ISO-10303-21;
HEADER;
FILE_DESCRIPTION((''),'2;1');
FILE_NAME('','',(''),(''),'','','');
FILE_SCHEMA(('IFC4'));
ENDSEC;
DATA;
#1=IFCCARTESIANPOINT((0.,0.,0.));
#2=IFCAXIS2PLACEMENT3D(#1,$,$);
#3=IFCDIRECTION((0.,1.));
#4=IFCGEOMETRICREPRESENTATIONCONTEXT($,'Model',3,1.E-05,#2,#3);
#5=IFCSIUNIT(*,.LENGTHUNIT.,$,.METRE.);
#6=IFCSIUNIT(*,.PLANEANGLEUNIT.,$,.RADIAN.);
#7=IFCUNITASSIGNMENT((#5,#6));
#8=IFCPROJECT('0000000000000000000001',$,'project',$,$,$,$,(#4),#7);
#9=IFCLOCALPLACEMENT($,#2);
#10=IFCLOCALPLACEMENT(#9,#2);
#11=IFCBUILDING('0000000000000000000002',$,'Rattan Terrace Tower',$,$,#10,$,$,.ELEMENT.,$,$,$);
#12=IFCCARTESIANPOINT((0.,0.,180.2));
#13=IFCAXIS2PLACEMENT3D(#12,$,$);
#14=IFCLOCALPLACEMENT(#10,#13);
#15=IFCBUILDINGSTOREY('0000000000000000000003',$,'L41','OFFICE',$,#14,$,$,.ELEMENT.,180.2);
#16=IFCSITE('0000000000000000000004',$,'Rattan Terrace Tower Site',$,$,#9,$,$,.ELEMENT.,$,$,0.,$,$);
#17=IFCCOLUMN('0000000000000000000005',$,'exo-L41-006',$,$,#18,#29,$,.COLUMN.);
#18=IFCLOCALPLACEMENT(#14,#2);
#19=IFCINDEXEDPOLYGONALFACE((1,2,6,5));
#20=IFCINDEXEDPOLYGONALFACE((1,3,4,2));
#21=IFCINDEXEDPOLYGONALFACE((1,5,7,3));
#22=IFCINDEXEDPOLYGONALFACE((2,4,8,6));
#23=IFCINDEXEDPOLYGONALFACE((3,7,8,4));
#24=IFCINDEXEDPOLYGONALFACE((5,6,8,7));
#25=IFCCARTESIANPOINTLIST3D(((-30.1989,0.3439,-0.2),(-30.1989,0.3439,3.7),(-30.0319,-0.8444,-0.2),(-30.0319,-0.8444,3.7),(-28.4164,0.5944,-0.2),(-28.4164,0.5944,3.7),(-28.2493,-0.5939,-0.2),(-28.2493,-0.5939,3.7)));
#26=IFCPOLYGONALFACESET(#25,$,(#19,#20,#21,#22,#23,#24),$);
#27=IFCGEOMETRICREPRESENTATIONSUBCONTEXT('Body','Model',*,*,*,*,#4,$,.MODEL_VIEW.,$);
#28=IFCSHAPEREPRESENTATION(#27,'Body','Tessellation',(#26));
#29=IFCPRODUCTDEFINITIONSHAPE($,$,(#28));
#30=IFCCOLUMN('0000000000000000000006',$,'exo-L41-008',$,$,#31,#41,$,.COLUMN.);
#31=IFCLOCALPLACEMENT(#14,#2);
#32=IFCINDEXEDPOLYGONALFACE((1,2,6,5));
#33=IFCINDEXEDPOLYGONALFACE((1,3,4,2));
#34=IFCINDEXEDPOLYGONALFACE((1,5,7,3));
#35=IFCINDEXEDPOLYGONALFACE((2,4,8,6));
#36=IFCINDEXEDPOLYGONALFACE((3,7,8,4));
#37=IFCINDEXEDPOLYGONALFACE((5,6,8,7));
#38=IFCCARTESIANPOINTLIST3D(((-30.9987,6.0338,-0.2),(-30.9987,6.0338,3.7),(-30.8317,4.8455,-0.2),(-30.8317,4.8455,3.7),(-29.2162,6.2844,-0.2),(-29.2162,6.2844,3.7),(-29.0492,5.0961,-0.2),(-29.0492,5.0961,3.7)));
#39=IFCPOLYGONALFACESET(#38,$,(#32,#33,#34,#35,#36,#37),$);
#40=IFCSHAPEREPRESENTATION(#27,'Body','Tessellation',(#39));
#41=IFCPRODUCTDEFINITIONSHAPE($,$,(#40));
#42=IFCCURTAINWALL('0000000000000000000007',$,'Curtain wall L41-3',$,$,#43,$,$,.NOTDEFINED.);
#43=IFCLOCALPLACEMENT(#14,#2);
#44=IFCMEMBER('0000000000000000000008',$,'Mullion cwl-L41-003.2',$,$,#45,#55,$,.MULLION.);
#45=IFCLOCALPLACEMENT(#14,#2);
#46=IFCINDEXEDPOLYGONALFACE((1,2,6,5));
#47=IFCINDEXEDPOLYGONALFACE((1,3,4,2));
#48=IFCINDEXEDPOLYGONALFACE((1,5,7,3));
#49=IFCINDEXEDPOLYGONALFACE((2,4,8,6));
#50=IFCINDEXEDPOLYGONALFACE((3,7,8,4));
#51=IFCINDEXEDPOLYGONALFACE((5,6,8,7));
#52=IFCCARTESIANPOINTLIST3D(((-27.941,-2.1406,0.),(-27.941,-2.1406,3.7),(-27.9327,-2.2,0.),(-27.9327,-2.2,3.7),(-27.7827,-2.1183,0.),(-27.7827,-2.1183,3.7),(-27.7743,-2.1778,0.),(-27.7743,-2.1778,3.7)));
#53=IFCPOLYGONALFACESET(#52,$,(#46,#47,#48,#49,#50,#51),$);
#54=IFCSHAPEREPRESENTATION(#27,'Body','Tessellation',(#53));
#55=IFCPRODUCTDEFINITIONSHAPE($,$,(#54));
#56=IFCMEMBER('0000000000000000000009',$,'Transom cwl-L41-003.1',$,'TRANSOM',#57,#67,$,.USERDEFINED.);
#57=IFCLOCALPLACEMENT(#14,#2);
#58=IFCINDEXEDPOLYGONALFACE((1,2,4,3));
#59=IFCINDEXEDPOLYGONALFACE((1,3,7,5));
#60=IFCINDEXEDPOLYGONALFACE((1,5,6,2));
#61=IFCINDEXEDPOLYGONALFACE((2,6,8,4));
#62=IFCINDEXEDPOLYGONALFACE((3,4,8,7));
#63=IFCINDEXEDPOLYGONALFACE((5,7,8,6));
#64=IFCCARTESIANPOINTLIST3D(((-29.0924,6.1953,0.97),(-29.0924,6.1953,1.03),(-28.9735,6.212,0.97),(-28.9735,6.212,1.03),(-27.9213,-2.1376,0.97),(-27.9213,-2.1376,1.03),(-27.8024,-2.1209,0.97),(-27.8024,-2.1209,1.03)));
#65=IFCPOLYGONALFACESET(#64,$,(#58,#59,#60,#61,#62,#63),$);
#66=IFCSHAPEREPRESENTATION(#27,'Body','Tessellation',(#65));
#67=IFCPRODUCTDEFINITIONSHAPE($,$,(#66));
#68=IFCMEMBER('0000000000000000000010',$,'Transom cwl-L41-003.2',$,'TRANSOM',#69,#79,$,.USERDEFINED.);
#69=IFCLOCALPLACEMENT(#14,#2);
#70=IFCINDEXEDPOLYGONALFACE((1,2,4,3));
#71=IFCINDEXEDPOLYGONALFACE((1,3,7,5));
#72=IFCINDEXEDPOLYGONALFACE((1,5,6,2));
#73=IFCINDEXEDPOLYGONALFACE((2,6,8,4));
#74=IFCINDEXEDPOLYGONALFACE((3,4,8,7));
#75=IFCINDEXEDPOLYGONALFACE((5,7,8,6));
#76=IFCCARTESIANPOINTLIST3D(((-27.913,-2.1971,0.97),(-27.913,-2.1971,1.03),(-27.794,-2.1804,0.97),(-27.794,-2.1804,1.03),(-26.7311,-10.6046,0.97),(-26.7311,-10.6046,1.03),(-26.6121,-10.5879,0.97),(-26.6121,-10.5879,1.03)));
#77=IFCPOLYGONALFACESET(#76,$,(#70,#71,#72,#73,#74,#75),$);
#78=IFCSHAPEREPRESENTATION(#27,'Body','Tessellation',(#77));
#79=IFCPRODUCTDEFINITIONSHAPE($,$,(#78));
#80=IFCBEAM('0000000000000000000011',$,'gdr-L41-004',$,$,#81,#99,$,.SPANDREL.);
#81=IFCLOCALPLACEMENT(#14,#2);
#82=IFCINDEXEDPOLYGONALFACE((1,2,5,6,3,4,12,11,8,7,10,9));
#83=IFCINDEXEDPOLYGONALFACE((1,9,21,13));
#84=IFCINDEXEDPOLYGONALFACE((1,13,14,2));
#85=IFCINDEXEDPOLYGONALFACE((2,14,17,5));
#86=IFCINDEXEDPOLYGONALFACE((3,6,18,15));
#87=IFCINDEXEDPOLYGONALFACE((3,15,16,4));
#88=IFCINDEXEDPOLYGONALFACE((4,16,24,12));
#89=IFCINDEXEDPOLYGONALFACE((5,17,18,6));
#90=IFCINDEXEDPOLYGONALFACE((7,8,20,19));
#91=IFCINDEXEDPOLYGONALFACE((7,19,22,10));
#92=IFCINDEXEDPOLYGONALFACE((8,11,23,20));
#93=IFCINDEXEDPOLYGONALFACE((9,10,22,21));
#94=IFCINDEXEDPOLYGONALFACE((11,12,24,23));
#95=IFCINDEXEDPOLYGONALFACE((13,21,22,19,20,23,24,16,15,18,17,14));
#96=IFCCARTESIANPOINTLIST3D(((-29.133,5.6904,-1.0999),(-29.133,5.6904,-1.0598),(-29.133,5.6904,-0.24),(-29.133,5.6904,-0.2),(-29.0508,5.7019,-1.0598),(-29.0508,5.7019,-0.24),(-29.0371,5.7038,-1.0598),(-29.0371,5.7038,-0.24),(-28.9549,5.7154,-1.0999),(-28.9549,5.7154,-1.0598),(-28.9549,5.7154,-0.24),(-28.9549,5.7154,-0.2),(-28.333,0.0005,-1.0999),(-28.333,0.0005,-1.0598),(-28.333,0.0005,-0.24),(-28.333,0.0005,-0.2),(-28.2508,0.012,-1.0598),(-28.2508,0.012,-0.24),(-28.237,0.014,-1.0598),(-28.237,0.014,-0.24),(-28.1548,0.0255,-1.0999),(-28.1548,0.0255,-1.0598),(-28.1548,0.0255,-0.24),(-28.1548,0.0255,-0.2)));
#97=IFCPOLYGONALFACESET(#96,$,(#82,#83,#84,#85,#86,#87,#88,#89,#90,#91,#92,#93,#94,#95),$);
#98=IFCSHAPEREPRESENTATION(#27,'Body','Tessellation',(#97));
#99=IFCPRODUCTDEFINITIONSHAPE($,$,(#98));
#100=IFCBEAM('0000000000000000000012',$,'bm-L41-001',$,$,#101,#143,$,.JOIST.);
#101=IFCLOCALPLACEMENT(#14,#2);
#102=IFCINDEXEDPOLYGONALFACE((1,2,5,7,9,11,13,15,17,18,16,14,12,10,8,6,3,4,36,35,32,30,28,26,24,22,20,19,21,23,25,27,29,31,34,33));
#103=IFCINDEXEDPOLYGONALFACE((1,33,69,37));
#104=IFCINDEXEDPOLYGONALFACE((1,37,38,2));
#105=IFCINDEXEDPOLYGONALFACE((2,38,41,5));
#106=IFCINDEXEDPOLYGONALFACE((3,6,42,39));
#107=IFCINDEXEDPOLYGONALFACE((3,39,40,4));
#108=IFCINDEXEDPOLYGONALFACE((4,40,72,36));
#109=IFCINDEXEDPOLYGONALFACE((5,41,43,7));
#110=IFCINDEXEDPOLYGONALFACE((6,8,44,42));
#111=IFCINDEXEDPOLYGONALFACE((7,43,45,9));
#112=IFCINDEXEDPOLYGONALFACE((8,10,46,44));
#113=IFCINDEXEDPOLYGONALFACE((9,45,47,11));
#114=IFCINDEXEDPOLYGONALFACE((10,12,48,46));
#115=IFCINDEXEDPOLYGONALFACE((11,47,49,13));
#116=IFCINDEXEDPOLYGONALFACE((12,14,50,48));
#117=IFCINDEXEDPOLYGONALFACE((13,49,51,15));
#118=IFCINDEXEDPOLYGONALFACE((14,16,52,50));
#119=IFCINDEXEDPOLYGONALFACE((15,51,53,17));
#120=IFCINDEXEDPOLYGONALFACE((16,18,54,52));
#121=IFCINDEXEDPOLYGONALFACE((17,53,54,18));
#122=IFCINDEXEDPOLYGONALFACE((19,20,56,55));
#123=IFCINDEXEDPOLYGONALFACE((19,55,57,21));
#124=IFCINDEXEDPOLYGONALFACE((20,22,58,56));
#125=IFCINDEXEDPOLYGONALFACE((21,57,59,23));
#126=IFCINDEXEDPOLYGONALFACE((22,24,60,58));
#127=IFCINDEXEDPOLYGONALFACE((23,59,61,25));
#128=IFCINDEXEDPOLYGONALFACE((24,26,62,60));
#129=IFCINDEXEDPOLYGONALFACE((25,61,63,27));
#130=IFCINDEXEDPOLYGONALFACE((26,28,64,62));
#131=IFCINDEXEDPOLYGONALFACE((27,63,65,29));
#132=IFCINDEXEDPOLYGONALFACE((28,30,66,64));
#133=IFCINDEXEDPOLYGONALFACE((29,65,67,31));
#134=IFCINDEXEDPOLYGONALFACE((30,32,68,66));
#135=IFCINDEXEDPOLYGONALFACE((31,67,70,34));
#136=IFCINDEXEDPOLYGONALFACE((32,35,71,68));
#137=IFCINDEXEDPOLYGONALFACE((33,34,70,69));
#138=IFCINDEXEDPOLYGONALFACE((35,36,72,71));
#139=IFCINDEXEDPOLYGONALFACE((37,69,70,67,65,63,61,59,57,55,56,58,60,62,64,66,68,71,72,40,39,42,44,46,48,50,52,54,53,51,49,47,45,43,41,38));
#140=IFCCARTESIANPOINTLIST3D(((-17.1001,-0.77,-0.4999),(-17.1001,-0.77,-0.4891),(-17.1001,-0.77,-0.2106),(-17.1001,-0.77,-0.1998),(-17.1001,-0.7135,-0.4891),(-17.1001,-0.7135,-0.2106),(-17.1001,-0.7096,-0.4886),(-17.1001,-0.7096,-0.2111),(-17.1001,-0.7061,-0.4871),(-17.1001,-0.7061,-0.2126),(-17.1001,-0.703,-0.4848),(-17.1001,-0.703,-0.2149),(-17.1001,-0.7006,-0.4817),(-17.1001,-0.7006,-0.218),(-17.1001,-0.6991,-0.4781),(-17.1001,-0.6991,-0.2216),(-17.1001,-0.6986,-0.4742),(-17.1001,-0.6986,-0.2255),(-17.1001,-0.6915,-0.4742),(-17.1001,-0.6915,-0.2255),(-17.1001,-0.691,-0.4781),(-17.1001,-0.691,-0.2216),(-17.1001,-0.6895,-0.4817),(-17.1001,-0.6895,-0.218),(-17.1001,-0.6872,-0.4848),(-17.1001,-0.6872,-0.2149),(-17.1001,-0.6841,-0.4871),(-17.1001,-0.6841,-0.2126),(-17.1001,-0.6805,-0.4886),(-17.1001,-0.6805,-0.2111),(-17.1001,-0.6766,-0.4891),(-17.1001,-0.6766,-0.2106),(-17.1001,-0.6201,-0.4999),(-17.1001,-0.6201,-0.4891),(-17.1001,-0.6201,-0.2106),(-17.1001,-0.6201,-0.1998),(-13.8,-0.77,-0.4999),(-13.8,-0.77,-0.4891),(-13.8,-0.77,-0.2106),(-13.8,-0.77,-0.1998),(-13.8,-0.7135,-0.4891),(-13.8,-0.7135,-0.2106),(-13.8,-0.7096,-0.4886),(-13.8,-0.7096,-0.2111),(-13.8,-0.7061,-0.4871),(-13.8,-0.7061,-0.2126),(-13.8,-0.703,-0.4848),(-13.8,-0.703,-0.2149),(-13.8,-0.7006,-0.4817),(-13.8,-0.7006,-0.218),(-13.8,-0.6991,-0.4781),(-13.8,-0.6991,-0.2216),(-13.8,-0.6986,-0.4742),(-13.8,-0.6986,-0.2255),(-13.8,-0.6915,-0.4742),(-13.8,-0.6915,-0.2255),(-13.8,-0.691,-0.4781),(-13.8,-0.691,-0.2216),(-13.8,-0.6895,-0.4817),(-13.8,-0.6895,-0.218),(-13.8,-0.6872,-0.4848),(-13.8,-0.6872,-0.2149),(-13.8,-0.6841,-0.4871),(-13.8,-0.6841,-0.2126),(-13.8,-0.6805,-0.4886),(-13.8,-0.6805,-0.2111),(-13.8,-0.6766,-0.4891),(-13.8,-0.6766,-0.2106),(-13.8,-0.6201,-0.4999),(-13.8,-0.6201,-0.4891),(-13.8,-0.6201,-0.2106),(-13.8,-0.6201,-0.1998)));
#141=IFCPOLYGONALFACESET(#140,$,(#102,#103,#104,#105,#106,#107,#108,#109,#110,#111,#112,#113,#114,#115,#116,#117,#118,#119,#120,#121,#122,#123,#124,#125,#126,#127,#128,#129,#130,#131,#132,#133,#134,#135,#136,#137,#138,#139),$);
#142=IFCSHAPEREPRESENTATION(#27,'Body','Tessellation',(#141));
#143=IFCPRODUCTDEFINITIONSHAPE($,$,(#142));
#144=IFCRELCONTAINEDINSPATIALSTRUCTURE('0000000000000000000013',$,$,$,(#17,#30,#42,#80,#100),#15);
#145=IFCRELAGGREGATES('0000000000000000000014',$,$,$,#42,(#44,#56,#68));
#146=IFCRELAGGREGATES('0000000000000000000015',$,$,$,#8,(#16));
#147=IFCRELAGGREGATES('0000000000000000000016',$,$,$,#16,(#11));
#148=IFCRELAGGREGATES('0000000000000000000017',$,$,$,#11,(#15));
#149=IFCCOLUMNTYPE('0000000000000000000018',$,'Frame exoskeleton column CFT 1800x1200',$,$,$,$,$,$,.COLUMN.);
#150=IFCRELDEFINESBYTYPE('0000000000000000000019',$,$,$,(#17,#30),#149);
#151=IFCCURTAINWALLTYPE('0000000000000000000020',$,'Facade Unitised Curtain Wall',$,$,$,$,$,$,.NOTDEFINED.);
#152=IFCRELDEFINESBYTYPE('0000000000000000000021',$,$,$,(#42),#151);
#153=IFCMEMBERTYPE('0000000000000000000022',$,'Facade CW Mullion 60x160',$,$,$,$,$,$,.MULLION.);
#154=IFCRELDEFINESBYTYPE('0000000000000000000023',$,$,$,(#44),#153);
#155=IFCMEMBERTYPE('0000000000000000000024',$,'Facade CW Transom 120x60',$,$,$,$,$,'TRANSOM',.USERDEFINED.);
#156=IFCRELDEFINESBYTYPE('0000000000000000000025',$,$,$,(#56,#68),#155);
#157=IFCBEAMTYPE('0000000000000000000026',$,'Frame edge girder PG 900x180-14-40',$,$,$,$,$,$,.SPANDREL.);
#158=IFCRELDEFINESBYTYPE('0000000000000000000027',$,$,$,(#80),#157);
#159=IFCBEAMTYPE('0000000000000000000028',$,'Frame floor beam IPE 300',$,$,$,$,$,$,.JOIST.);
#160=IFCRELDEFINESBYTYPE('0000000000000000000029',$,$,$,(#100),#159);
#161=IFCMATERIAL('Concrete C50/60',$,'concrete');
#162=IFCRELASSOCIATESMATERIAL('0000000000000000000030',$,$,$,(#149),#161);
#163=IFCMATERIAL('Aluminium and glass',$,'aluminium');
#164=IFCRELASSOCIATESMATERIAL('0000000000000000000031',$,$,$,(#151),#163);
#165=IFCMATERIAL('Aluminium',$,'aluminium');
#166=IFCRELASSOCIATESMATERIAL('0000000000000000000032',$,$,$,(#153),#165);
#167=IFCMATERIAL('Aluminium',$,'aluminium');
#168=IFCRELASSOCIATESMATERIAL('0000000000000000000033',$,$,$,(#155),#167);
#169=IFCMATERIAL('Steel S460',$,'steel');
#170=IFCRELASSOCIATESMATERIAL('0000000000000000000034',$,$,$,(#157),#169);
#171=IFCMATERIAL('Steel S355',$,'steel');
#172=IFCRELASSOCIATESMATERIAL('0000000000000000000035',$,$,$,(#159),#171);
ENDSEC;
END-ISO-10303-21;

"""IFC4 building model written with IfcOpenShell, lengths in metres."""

from ifc_helpers import new_model, si_unit, direction, frame, origin, origin_2d, place, context, subcontext, project, spatial, rectangle, i_section, extrude, material, material_profile, profile_set, type_object, element, aggregate, save


model = new_model("IFC4")

# Units and contexts
model_context = context("Model", 3, precision=1e-05, world=origin(), true_north=direction((0.0, 1.0)))
body_context = subcontext(model_context, "Body", "Model", "MODEL_VIEW")
ifc_project = project(units=[si_unit("LENGTHUNIT", "METRE"), si_unit("PLANEANGLEUNIT", "RADIAN")], contexts=[model_context])

# Site, building, storey
site_placement = place(None, origin())
site = spatial("IfcSite", under=ifc_project, at=site_placement, Name="Rattan Terrace Tower Site", CompositionType="ELEMENT", RefElevation=0.0)
building_placement = place(site_placement, origin())
building = spatial("IfcBuilding", under=site, at=building_placement, Name="Rattan Terrace Tower", CompositionType="ELEMENT")
storey_placement = place(building_placement, frame((0.0, 0.0, 180.2)))
storey = spatial("IfcBuildingStorey", under=building, at=storey_placement, Name="L41", Description="OFFICE", CompositionType="ELEMENT", Elevation=180.2)

# Columns
ifc_material_1 = material(Name="Concrete C50/60", Category="concrete")
ifc_material_profile_1 = material_profile(ifc_material_1, rectangle(XDim=1.2, YDim=1.8, at=origin_2d()), Name="CFT 1800x1200")
ifc_profile_set_1 = profile_set([ifc_material_profile_1], Name="Concrete C50/60")
column_type = type_object("IfcColumnType", Name="Frame exoskeleton column CFT 1800x1200", PredefinedType="COLUMN", material=ifc_profile_set_1)
for number, where, z_axis, x_axis, name in (
    (1, (-29.2241, -0.125, -0.2), (0.0, 0.0, 1.0), (-0.13919, 0.990266, 0.0), "exo-L41-006"),
    (2, (-30.0239, 5.5649, -0.2), (0.0, 0.0, 1.0), (-0.13919, 0.990266, 0.0), "exo-L41-008"),
):
    element("IfcColumn", number, at=place(storey_placement, frame(where, z_axis=z_axis, x_axis=x_axis)), inside=storey, type_object=column_type, Name=name, PredefinedType="COLUMN", context=body_context, shape_type="SweptSolid", body=[
        extrude(rectangle(XDim=1.2, YDim=1.8, at=origin_2d()), origin(), (0.0, 0.0, 1.0), 3.8999),
    ])

# Curtain wall, members
ifc_material_2 = material(Name="Aluminium and glass", Category="aluminium")
curtain_wall_type = type_object("IfcCurtainWallType", Name="Facade Unitised Curtain Wall", PredefinedType="NOTDEFINED", material=ifc_material_2)
curtain_wall_placement = place(storey_placement, origin())
curtain_wall = element("IfcCurtainWall", 3, at=curtain_wall_placement, inside=storey, type_object=curtain_wall_type, Name="Curtain wall L41-3", PredefinedType="NOTDEFINED")
ifc_material_3 = material(Name="Aluminium", Category="aluminium")
ifc_material_profile_2 = material_profile(ifc_material_3, rectangle(XDim=0.0601, YDim=0.1599, at=origin_2d()), Name="Aluminium 60x160")
ifc_profile_set_2 = profile_set([ifc_material_profile_2], Name="Aluminium")
member_type_1 = type_object("IfcMemberType", Name="Facade CW Mullion 60x160", PredefinedType="MULLION", material=ifc_profile_set_2)
member_1_placement = place(storey_placement, frame((-27.8577, -2.1592, 0.0), z_axis=(0.0, 0.0, 1.0), x_axis=(0.139191, -0.990266, 0.0)))
member_1 = element("IfcMember", 4, at=member_1_placement, type_object=member_type_1, Name="Mullion cwl-L41-003.2", PredefinedType="MULLION", context=body_context, shape_type="SweptSolid", body=[
    extrude(rectangle(XDim=0.0601, YDim=0.1599, at=origin_2d()), origin(), (0.0, 0.0, 1.0), 3.7),
])
ifc_material_4 = material(Name="Aluminium", Category="aluminium")
ifc_material_profile_3 = material_profile(ifc_material_4, rectangle(XDim=0.1201, YDim=0.0601, at=origin_2d()), Name="Aluminium 120x60")
ifc_profile_set_3 = profile_set([ifc_material_profile_3], Name="Aluminium")
member_type_2 = type_object("IfcMemberType", Name="Facade CW Transom 120x60", ElementType="TRANSOM", PredefinedType="USERDEFINED", material=ifc_profile_set_3)
member_2_placement = place(storey_placement, frame((-29.033, 6.2036, 1.0), z_axis=(0.139175, -0.990268, 0.0), x_axis=(0.990268, 0.139175, 0.0)))
member_2 = element("IfcMember", 5, at=member_2_placement, type_object=member_type_2, Name="Transom cwl-L41-003.1", ObjectType="TRANSOM", PredefinedType="USERDEFINED", context=body_context, shape_type="SweptSolid", body=[
    extrude(rectangle(XDim=0.1201, YDim=0.0601, at=origin_2d()), origin(), (0.0, 0.0, 1.0), 8.4148),
])
member_3_placement = place(storey_placement, frame((-27.8535, -2.1887, 1.0), z_axis=(0.139207, -0.990263, 0.0), x_axis=(0.990263, 0.139207, 0.0)))
member_3 = element("IfcMember", 6, at=member_3_placement, type_object=member_type_2, Name="Transom cwl-L41-003.2", ObjectType="TRANSOM", PredefinedType="USERDEFINED", context=body_context, shape_type="SweptSolid", body=[
    extrude(rectangle(XDim=0.1201, YDim=0.0601, at=origin_2d()), origin(), (0.0, 0.0, 1.0), 8.4902),
])

# Beams
ifc_material_5 = material(Name="Steel S460", Category="steel")
ifc_material_profile_4 = material_profile(ifc_material_5, i_section(OverallWidth=0.1799, OverallDepth=0.8999, WebThickness=0.0139, FlangeThickness=0.04, at=origin_2d()), Name="PG 900x180-14-40")
ifc_profile_set_4 = profile_set([ifc_material_profile_4], Name="Steel S460")
beam_type_1 = type_object("IfcBeamType", Name="Frame edge girder PG 900x180-14-40", PredefinedType="SPANDREL", material=ifc_profile_set_4)
beam_1_placement = place(storey_placement, frame((-29.0439, 5.7029, -0.6499), z_axis=(0.139238, -0.990259, 0.0), x_axis=(0.990259, 0.139238, 0.0)))
element("IfcBeam", 7, at=beam_1_placement, inside=storey, type_object=beam_type_1, Name="gdr-L41-004", PredefinedType="SPANDREL", context=body_context, shape_type="SweptSolid", body=[
    extrude(i_section(OverallWidth=0.1799, OverallDepth=0.8999, WebThickness=0.0139, FlangeThickness=0.04, at=origin_2d()), origin(), (0.0, 0.0, 1.0), 5.7458),
])
ifc_material_6 = material(Name="Steel S355", Category="steel")
ifc_material_profile_5 = material_profile(ifc_material_6, i_section(OverallWidth=0.1499, OverallDepth=0.3, WebThickness=0.0071, FlangeThickness=0.0107, FilletRadius=0.0149, at=origin_2d()), Name="IPE 300")
ifc_profile_set_5 = profile_set([ifc_material_profile_5], Name="Steel S355")
beam_type_2 = type_object("IfcBeamType", Name="Frame floor beam IPE 300", PredefinedType="JOIST", material=ifc_profile_set_5)
beam_2_placement = place(storey_placement, frame((-17.1001, -0.6951, -0.3499), z_axis=(1.0, 0.0, 0.0), x_axis=(0.0, 1.0, 0.0)))
element("IfcBeam", 8, at=beam_2_placement, inside=storey, type_object=beam_type_2, Name="bm-L41-001", PredefinedType="JOIST", context=body_context, shape_type="SweptSolid", body=[
    extrude(i_section(OverallWidth=0.1499, OverallDepth=0.3, WebThickness=0.0071, FlangeThickness=0.0107, FilletRadius=0.0149, at=origin_2d()), origin(), (0.0, 0.0, 1.0), 3.3),
])

aggregate(curtain_wall, [member_1, member_2, member_3])

save(model, "model.ifc")
